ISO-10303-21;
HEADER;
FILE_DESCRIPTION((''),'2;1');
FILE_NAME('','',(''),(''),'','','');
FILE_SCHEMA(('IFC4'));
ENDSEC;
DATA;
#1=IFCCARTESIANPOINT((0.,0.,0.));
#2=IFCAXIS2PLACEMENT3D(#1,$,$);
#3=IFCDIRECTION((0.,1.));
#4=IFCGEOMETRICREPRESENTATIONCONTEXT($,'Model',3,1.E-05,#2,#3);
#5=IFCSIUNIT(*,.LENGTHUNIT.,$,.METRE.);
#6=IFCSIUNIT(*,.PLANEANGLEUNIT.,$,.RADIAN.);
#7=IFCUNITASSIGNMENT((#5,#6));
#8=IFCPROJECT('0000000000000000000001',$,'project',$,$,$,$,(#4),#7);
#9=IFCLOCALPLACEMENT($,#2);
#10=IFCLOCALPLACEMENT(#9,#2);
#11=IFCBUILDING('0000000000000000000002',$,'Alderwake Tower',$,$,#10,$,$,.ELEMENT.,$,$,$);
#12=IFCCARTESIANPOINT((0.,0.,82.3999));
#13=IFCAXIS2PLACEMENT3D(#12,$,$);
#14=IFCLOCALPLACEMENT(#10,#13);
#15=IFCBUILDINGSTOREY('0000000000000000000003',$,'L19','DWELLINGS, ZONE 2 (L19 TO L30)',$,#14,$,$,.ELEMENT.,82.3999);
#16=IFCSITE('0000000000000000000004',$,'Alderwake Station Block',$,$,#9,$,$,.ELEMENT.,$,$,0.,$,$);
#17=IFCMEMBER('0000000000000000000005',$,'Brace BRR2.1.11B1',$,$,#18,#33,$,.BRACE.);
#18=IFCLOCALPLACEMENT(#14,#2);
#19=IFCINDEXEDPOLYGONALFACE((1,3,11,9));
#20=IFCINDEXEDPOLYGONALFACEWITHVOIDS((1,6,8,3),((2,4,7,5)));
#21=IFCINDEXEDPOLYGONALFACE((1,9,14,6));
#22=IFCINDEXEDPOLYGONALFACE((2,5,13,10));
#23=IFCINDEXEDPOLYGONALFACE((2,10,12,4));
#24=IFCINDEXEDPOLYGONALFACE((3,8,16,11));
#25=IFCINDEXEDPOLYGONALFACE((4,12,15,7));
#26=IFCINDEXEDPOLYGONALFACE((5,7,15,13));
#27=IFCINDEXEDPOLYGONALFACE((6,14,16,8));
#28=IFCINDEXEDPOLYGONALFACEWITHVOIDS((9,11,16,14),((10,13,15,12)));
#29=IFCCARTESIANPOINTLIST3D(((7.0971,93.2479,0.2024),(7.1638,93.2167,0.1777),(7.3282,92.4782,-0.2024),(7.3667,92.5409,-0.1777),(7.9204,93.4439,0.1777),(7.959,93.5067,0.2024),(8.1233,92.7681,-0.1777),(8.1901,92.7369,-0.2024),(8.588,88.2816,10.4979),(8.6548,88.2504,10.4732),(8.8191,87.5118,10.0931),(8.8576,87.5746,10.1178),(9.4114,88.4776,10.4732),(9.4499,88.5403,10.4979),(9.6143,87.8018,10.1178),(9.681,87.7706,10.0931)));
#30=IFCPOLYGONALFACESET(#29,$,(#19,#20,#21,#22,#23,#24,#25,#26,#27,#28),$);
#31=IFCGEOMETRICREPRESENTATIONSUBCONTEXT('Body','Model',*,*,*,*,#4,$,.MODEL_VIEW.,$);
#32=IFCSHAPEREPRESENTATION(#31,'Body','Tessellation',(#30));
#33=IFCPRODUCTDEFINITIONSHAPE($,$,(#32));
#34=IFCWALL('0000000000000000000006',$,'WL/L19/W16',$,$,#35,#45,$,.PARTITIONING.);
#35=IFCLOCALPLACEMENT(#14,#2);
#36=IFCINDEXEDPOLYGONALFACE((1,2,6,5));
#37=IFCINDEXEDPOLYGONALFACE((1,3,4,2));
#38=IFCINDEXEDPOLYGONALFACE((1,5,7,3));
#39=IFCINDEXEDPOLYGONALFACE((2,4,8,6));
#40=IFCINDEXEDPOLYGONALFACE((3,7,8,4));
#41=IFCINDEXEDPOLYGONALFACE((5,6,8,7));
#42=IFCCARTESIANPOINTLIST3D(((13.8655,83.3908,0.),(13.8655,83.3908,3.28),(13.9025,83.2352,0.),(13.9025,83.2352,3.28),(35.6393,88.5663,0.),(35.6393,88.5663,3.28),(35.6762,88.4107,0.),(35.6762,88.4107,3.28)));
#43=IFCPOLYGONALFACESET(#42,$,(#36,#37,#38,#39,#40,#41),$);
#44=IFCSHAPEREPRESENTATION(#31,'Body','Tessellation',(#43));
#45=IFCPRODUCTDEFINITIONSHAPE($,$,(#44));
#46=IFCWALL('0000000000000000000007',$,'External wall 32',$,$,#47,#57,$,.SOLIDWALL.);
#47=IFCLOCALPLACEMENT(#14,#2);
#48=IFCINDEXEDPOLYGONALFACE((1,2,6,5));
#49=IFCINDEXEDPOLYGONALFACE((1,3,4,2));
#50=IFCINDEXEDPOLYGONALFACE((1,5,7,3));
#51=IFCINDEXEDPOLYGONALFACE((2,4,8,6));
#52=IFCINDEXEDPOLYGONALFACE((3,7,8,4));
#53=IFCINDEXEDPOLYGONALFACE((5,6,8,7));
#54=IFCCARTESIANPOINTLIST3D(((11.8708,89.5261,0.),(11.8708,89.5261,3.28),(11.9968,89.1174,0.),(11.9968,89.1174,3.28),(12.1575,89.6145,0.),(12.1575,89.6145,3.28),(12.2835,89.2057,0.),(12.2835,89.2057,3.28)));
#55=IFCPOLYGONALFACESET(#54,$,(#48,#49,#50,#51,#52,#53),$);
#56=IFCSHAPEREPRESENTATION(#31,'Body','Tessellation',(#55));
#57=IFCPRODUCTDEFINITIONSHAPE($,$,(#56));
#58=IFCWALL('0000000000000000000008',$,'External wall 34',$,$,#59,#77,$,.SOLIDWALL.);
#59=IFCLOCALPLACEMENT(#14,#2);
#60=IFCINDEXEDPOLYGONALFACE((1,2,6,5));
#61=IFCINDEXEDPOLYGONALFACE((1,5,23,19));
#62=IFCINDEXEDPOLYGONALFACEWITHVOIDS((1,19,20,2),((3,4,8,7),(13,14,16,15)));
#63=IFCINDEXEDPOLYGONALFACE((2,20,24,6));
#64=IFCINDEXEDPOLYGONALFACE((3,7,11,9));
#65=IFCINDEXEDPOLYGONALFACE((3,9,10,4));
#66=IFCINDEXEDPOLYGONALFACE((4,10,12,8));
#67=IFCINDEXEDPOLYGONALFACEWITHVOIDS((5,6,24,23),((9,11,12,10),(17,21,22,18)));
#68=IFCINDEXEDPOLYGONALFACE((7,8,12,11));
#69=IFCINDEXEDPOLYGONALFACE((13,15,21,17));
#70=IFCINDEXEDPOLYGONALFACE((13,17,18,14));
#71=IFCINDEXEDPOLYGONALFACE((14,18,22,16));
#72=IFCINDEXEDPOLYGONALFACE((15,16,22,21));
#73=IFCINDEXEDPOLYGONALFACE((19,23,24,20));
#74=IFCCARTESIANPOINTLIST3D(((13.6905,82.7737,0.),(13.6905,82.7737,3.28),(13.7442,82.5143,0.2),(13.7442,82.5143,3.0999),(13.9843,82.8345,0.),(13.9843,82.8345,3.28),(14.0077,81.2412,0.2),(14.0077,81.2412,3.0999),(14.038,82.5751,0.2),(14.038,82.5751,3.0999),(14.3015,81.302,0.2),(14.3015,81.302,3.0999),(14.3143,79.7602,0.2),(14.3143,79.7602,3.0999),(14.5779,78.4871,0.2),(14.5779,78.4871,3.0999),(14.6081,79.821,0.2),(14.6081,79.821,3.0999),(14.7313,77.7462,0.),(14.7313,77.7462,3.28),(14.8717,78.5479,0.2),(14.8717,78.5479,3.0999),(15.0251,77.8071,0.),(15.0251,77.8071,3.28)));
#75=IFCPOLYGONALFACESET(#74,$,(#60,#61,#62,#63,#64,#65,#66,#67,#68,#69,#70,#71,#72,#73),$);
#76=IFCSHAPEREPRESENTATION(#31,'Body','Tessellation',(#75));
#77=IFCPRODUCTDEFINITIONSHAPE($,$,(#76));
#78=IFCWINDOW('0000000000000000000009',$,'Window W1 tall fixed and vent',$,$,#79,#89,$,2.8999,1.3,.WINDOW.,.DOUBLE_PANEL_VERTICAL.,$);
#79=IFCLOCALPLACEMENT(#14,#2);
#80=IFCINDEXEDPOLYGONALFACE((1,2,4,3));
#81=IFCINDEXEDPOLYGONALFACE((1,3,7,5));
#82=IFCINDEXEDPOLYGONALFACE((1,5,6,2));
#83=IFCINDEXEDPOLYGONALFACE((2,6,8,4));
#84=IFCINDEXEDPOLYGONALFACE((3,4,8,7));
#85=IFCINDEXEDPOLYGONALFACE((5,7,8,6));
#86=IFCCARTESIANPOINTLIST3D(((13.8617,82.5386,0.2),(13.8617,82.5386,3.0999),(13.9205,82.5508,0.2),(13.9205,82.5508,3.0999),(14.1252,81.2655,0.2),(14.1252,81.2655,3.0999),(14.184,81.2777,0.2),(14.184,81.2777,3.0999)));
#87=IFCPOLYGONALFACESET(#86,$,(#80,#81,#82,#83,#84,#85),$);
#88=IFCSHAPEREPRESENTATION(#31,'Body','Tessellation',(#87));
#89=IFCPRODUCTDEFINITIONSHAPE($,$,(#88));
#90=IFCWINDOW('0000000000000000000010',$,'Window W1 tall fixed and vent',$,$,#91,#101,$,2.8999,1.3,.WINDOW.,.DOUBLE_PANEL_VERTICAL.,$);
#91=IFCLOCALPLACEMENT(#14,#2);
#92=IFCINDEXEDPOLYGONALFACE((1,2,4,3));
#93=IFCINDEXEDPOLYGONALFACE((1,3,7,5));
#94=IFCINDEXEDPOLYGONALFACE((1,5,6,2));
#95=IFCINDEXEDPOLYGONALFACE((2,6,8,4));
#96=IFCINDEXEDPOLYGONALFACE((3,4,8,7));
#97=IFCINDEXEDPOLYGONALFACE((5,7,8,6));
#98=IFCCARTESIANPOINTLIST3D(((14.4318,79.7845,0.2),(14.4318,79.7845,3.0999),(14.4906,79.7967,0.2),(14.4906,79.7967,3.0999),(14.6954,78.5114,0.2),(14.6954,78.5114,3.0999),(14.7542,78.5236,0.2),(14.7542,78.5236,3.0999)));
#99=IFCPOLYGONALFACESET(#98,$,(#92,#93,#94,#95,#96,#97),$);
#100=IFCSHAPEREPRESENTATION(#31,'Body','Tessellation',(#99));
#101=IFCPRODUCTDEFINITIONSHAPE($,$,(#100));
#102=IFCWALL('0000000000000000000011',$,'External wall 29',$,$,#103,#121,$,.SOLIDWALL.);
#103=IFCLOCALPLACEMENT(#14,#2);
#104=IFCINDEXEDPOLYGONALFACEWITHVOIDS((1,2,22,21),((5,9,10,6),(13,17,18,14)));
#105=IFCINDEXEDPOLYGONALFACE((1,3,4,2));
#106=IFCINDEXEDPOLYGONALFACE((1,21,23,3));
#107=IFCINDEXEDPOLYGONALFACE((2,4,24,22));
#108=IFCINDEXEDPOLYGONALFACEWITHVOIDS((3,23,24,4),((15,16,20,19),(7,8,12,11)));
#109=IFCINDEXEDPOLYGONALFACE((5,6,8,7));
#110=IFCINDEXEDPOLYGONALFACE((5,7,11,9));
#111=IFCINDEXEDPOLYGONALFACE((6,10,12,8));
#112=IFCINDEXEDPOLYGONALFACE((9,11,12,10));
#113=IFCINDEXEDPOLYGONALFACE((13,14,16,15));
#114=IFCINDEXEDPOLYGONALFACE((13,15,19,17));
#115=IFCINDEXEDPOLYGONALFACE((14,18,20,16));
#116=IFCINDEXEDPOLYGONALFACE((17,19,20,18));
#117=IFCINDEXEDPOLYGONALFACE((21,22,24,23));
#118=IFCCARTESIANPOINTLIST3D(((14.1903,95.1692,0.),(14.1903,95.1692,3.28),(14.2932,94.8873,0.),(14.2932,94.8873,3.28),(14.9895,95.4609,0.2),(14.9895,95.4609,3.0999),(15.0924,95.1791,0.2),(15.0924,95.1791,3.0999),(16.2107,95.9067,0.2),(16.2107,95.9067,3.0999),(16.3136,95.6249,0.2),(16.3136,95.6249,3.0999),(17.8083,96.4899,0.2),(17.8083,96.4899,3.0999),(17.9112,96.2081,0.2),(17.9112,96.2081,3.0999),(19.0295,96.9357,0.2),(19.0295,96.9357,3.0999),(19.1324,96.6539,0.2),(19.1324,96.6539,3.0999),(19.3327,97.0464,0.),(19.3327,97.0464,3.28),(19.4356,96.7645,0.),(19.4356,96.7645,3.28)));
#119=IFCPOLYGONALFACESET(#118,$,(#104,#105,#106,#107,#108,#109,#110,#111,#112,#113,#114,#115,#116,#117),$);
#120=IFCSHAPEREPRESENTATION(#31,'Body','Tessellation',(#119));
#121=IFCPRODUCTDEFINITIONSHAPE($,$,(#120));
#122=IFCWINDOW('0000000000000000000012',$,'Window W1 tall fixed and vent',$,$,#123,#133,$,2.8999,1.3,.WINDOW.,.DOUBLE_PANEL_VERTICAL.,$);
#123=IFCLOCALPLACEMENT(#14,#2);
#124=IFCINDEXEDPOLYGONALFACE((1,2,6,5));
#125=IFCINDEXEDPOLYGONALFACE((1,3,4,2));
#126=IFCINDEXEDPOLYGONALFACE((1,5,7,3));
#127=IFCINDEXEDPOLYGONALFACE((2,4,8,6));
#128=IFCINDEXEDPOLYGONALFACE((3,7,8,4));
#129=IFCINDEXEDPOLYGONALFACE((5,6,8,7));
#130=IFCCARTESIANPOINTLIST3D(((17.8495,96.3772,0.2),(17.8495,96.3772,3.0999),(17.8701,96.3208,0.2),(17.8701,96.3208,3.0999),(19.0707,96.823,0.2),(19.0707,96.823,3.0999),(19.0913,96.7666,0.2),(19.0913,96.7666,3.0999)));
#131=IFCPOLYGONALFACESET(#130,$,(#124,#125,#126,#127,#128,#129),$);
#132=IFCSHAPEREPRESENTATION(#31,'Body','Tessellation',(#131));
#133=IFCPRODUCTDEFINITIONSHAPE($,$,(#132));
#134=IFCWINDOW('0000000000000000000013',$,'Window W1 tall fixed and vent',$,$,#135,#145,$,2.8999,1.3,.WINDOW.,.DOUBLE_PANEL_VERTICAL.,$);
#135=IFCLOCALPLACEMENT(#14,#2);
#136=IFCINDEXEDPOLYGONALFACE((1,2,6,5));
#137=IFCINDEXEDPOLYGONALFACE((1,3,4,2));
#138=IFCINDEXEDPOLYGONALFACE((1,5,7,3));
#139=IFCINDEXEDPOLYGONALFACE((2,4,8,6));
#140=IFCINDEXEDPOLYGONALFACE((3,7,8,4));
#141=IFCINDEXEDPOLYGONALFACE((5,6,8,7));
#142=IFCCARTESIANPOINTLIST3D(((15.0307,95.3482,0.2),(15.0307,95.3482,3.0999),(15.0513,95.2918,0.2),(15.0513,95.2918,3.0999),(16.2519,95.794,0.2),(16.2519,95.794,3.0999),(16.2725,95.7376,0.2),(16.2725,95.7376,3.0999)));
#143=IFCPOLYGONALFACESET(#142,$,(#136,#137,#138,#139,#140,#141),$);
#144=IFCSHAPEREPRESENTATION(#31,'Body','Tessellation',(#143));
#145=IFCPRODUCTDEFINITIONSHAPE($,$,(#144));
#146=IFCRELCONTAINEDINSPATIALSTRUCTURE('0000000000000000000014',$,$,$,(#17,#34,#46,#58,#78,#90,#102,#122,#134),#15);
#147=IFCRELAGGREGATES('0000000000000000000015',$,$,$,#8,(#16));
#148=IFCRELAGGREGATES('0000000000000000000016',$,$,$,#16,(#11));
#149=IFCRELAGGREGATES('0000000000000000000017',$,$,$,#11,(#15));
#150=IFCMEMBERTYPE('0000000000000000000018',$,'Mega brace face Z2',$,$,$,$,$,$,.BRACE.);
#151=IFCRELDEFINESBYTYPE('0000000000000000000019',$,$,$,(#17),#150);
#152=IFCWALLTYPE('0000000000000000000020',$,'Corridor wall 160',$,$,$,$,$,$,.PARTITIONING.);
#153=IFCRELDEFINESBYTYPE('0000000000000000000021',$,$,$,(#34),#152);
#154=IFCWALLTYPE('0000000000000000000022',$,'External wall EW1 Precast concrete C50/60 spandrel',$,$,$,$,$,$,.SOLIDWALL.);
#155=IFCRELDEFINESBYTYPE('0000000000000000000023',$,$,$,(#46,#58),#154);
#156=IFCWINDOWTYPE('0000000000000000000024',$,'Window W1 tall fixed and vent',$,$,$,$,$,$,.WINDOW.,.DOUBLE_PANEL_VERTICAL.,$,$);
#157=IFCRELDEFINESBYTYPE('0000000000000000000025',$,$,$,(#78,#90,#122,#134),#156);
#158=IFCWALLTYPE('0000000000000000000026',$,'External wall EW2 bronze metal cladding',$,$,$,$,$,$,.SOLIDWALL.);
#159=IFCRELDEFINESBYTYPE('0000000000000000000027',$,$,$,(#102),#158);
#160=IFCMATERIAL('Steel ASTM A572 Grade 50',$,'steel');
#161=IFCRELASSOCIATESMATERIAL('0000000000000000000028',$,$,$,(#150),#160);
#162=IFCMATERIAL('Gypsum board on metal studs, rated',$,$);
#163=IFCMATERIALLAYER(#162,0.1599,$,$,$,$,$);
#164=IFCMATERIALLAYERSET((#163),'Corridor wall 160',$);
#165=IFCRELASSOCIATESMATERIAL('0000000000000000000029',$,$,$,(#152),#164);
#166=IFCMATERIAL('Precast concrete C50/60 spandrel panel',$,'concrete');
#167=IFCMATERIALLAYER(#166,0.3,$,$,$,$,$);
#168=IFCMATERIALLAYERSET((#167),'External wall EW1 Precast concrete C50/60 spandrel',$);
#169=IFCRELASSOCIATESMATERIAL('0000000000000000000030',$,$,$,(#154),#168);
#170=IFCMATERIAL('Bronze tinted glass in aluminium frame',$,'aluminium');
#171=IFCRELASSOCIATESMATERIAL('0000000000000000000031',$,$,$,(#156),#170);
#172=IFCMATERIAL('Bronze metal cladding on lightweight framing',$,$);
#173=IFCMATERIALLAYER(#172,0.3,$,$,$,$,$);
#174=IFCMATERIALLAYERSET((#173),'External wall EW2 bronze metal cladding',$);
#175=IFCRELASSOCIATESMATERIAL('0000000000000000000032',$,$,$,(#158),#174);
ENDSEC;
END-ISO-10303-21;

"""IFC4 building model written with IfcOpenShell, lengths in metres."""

from ifc_helpers import new_model, si_unit, direction, frame, frame_2d, origin, origin_2d, place, context, subcontext, project, spatial, rectangle, hollow_rectangle, extrude, material, layer, layer_set, material_profile, profile_set, type_object, element, fill, save


model = new_model("IFC4")

# Units and contexts
model_context = context("Model", 3, precision=1e-05, world=origin(), true_north=direction((0.0, 1.0)))
body_context = subcontext(model_context, "Body", "Model", "MODEL_VIEW")
ifc_project = project(units=[si_unit("LENGTHUNIT", "METRE"), si_unit("PLANEANGLEUNIT", "RADIAN")], contexts=[model_context])

# Site, building, storey
site_placement = place(None, origin())
site = spatial("IfcSite", under=ifc_project, at=site_placement, Name="Alderwake Station Block", CompositionType="ELEMENT", RefElevation=0.0)
building_placement = place(site_placement, origin())
building = spatial("IfcBuilding", under=site, at=building_placement, Name="Alderwake Tower", CompositionType="ELEMENT")
storey_placement = place(building_placement, frame((0.0, 0.0, 82.3999)))
storey = spatial("IfcBuildingStorey", under=building, at=storey_placement, Name="L19", Description="DWELLINGS, ZONE 2 (L19 TO L30)", CompositionType="ELEMENT", Elevation=82.3999)

# Member
ifc_material_1 = material(Name="Steel ASTM A572 Grade 50", Category="steel")
ifc_material_profile_1 = material_profile(ifc_material_1, hollow_rectangle(XDim=0.8999, YDim=0.8999, WallThickness=0.0549, at=origin_2d()), Name="BOX 900X900X55")
ifc_profile_set_1 = profile_set([ifc_material_profile_1], Name="Steel ASTM A572 Grade 50")
member_type_1 = type_object("IfcMemberType", Name="Mega brace face Z2", PredefinedType="BRACE", material=ifc_profile_set_1)
member_1_placement = place(storey_placement, frame((7.6436, 92.9924, 0.0), z_axis=(0.12934, -0.430824, 0.893119), x_axis=(0.957769, 0.287538, 0.0)))
element("IfcMember", 1, at=member_1_placement, inside=storey, type_object=member_type_1, Name="Brace BRR2.1.11B1", PredefinedType="BRACE", context=body_context, shape_type="SweptSolid", body=[
    extrude(hollow_rectangle(XDim=0.8999, YDim=0.8999, WallThickness=0.0549, at=origin_2d()), origin(), (0.0, 0.0, 1.0), 11.5276),
])

# Walls
ifc_material_2 = material(Name="Gypsum board on metal studs, rated")
ifc_layer_1 = layer(ifc_material_2, 0.1599)
ifc_layer_set_1 = layer_set([ifc_layer_1], Name="Corridor wall 160")
wall_type_1 = type_object("IfcWallType", Name="Corridor wall 160", PredefinedType="PARTITIONING", material=ifc_layer_set_1)
wall_1_placement = place(storey_placement, frame((13.884, 83.313, 0.0), z_axis=(0.0, 0.0, 1.0), x_axis=(0.972893, 0.231254, 0.0)))
element("IfcWall", 2, at=wall_1_placement, inside=storey, type_object=wall_type_1, Name="WL/L19/W16", PredefinedType="PARTITIONING", context=body_context, shape_type="SweptSolid", body=[
    extrude(rectangle(XDim=22.3804, YDim=0.1599, at=frame_2d((11.1902, 0.0))), origin(), (0.0, 0.0, 1.0), 3.28),
])
ifc_material_3 = material(Name="Precast concrete C50/60 spandrel panel", Category="concrete")
ifc_layer_2 = layer(ifc_material_3, 0.3)
ifc_layer_set_2 = layer_set([ifc_layer_2], Name="External wall EW1 Precast concrete C50/60 spandrel")
wall_type_2 = type_object("IfcWallType", Name="External wall EW1 Precast concrete C50/60 spandrel", PredefinedType="SOLIDWALL", material=ifc_layer_set_2)
wall_2_placement = place(storey_placement, frame((12.0142, 89.5703, 0.0), z_axis=(0.0, 0.0, 1.0), x_axis=(0.294567, -0.955631, 0.0)))
element("IfcWall", 3, at=wall_2_placement, inside=storey, type_object=wall_type_2, Name="External wall 32", PredefinedType="SOLIDWALL", context=body_context, shape_type="SweptSolid", body=[
    extrude(rectangle(XDim=0.4277, YDim=0.3, at=frame_2d((0.2139, 0.0))), origin(), (0.0, 0.0, 1.0), 3.28),
])

# Shared definitions
ifc_material_4 = material(Name="Bronze tinted glass in aluminium frame", Category="aluminium")
window_type = type_object("IfcWindowType", Name="Window W1 tall fixed and vent", PartitioningType="DOUBLE_PANEL_VERTICAL", PredefinedType="WINDOW", material=ifc_material_4)

# Walls, openings, windows
wall_3_placement = place(storey_placement, frame((13.8374, 82.804, 0.0), z_axis=(0.0, 0.0, 1.0), x_axis=(0.202724, -0.979236, 0.0)))
wall_3 = element("IfcWall", 4, at=wall_3_placement, inside=storey, type_object=wall_type_2, Name="External wall 34", PredefinedType="SOLIDWALL", context=body_context, shape_type="SweptSolid", body=[
    extrude(rectangle(XDim=5.134, YDim=0.3, at=frame_2d((2.5669, 0.0))), origin(), (0.0, 0.0, 1.0), 3.28),
])
opening_1_placement = place(wall_3_placement, frame((0.2649, 0.0, 0.2)))
opening_1 = element("IfcOpeningElement", 5, at=opening_1_placement, cuts=wall_3, PredefinedType="OPENING", context=body_context, shape_type="SweptSolid", body=[
    extrude(rectangle(XDim=1.3, YDim=2.8999, at=frame_2d((0.6499, 1.45))), frame((0.0, 0.1599, 0.0), z_axis=(0.0, -1.0, 0.0), x_axis=(1.0, 0.0, 0.0)), (0.0, 0.0, 1.0), 0.3201),
])
opening_2_placement = place(wall_3_placement, frame((3.0774, 0.0, 0.2)))
opening_2 = element("IfcOpeningElement", 6, at=opening_2_placement, cuts=wall_3, PredefinedType="OPENING", context=body_context, shape_type="SweptSolid", body=[
    extrude(rectangle(XDim=1.3, YDim=2.8999, at=frame_2d((0.6499, 1.45))), frame((0.0, 0.1599, 0.0), z_axis=(0.0, -1.0, 0.0), x_axis=(1.0, 0.0, 0.0)), (0.0, 0.0, 1.0), 0.3201),
])
window_1_placement = place(opening_1_placement, origin())
window_1 = element("IfcWindow", 7, at=window_1_placement, inside=storey, type_object=window_type, Name="Window W1 tall fixed and vent", OverallHeight=2.8999, OverallWidth=1.3, PartitioningType="DOUBLE_PANEL_VERTICAL", PredefinedType="WINDOW", context=body_context, shape_type="SweptSolid", body=[
    extrude(rectangle(XDim=1.3, YDim=2.8999, at=frame_2d((0.6499, 1.45))), frame((0.0, 0.03, 0.0), z_axis=(0.0, -1.0, 0.0), x_axis=(1.0, 0.0, 0.0)), (0.0, 0.0, 1.0), 0.0601),
])
fill(opening_1, window_1)
window_2_placement = place(opening_2_placement, origin())
window_2 = element("IfcWindow", 8, at=window_2_placement, inside=storey, type_object=window_type, Name="Window W1 tall fixed and vent", OverallHeight=2.8999, OverallWidth=1.3, PartitioningType="DOUBLE_PANEL_VERTICAL", PredefinedType="WINDOW", context=body_context, shape_type="SweptSolid", body=[
    extrude(rectangle(XDim=1.3, YDim=2.8999, at=frame_2d((0.6499, 1.45))), frame((0.0, 0.03, 0.0), z_axis=(0.0, -1.0, 0.0), x_axis=(1.0, 0.0, 0.0)), (0.0, 0.0, 1.0), 0.0601),
])
fill(opening_2, window_2)
ifc_material_5 = material(Name="Bronze metal cladding on lightweight framing")
ifc_layer_3 = layer(ifc_material_5, 0.3)
ifc_layer_set_3 = layer_set([ifc_layer_3], Name="External wall EW2 bronze metal cladding")
wall_type_3 = type_object("IfcWallType", Name="External wall EW2 bronze metal cladding", PredefinedType="SOLIDWALL", material=ifc_layer_set_3)
wall_4_placement = place(storey_placement, frame((19.3843, 96.9055, 0.0), z_axis=(0.0, 0.0, 1.0), x_axis=(-0.939367, -0.342914, 0.0)))
wall_4 = element("IfcWall", 9, at=wall_4_placement, inside=storey, type_object=wall_type_3, Name="External wall 29", PredefinedType="SOLIDWALL", context=body_context, shape_type="SweptSolid", body=[
    extrude(rectangle(XDim=5.4744, YDim=0.3, at=frame_2d((2.7373, 0.0))), origin(), (0.0, 0.0, 1.0), 3.28),
])
opening_3_placement = place(wall_4_placement, frame((0.323, 0.0, 0.2)))
opening_3 = element("IfcOpeningElement", 10, at=opening_3_placement, cuts=wall_4, PredefinedType="OPENING", context=body_context, shape_type="SweptSolid", body=[
    extrude(rectangle(XDim=1.3, YDim=2.8999, at=frame_2d((0.6499, 1.45))), frame((0.0, 0.1599, 0.0), z_axis=(0.0, -1.0, 0.0), x_axis=(1.0, 0.0, 0.0)), (0.0, 0.0, 1.0), 0.3201),
])
opening_4_placement = place(wall_4_placement, frame((3.3237, 0.0, 0.2)))
opening_4 = element("IfcOpeningElement", 11, at=opening_4_placement, cuts=wall_4, PredefinedType="OPENING", context=body_context, shape_type="SweptSolid", body=[
    extrude(rectangle(XDim=1.3, YDim=2.8999, at=frame_2d((0.6499, 1.45))), frame((0.0, 0.1599, 0.0), z_axis=(0.0, -1.0, 0.0), x_axis=(1.0, 0.0, 0.0)), (0.0, 0.0, 1.0), 0.3201),
])
window_3_placement = place(opening_3_placement, origin())
window_3 = element("IfcWindow", 12, at=window_3_placement, inside=storey, type_object=window_type, Name="Window W1 tall fixed and vent", OverallHeight=2.8999, OverallWidth=1.3, PartitioningType="DOUBLE_PANEL_VERTICAL", PredefinedType="WINDOW", context=body_context, shape_type="SweptSolid", body=[
    extrude(rectangle(XDim=1.3, YDim=2.8999, at=frame_2d((0.6499, 1.45))), frame((0.0, 0.03, 0.0), z_axis=(0.0, -1.0, 0.0), x_axis=(1.0, 0.0, 0.0)), (0.0, 0.0, 1.0), 0.0601),
])
fill(opening_3, window_3)
window_4_placement = place(opening_4_placement, origin())
window_4 = element("IfcWindow", 13, at=window_4_placement, inside=storey, type_object=window_type, Name="Window W1 tall fixed and vent", OverallHeight=2.8999, OverallWidth=1.3, PartitioningType="DOUBLE_PANEL_VERTICAL", PredefinedType="WINDOW", context=body_context, shape_type="SweptSolid", body=[
    extrude(rectangle(XDim=1.3, YDim=2.8999, at=frame_2d((0.6499, 1.45))), frame((0.0, 0.03, 0.0), z_axis=(0.0, -1.0, 0.0), x_axis=(1.0, 0.0, 0.0)), (0.0, 0.0, 1.0), 0.0601),
])
fill(opening_4, window_4)

save(model, "model.ifc")
